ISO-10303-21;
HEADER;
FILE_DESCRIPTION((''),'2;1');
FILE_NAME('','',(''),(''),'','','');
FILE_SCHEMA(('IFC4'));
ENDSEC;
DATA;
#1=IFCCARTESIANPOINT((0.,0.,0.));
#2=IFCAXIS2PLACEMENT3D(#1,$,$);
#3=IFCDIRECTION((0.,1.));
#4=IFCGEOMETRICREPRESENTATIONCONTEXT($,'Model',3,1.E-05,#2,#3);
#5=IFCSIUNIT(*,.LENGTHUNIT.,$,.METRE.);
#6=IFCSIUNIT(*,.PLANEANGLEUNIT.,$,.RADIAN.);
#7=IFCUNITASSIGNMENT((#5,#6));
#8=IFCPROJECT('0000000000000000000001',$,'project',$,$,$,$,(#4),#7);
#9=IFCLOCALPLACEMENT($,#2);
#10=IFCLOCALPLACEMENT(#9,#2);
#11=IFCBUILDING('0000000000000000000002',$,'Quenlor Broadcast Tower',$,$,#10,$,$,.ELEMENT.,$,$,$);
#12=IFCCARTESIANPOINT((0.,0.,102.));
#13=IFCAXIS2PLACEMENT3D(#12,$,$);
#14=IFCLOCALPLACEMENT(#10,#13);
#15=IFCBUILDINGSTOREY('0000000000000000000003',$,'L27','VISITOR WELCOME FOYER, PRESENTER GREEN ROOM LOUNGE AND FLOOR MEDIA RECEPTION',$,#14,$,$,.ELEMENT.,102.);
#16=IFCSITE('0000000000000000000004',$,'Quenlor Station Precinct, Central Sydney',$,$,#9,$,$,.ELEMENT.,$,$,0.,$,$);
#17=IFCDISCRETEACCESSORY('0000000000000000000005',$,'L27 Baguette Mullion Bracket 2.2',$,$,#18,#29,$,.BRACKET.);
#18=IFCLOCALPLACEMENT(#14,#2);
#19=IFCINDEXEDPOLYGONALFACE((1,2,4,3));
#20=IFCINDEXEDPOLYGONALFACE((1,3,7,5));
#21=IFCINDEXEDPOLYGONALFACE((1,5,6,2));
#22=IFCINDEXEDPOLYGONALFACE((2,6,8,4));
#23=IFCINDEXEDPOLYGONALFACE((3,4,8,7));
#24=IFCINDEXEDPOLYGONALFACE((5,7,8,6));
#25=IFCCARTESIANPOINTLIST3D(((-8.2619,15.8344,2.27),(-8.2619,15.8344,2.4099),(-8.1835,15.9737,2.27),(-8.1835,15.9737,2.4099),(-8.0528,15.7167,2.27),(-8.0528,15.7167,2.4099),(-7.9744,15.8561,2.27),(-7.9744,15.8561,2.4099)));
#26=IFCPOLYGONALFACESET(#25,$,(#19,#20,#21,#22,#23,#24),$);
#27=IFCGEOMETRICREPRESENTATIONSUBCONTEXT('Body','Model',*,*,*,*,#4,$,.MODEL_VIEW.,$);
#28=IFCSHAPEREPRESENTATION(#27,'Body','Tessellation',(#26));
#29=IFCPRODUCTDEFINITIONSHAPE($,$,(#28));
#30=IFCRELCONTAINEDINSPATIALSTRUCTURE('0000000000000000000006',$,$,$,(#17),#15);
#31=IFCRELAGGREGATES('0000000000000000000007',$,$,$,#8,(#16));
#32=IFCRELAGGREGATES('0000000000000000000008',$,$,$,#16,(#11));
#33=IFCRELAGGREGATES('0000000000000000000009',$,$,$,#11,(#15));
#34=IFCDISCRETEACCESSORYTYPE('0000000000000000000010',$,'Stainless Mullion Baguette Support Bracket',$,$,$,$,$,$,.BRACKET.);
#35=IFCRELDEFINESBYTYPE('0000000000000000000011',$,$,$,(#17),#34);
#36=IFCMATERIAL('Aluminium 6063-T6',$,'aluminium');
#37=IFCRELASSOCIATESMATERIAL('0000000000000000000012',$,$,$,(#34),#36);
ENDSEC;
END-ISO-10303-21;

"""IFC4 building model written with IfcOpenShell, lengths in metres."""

from ifc_helpers import new_model, si_unit, direction, frame, origin, origin_2d, place, context, subcontext, project, spatial, rectangle, extrude, material, type_object, element, save


model = new_model("IFC4")

# Units and contexts
model_context = context("Model", 3, precision=1e-05, world=origin(), true_north=direction((0.0, 1.0)))
body_context = subcontext(model_context, "Body", "Model", "MODEL_VIEW")
ifc_project = project(units=[si_unit("LENGTHUNIT", "METRE"), si_unit("PLANEANGLEUNIT", "RADIAN")], contexts=[model_context])

# Site, building, storey
site_placement = place(None, origin())
site = spatial("IfcSite", under=ifc_project, at=site_placement, Name="Quenlor Station Precinct, Central Sydney", CompositionType="ELEMENT", RefElevation=0.0)
building_placement = place(site_placement, origin())
building = spatial("IfcBuilding", under=site, at=building_placement, Name="Quenlor Broadcast Tower", CompositionType="ELEMENT")
storey_placement = place(building_placement, frame((0.0, 0.0, 102.0)))
storey = spatial("IfcBuildingStorey", under=building, at=storey_placement, Name="L27", Description="VISITOR WELCOME FOYER, PRESENTER GREEN ROOM LOUNGE AND FLOOR MEDIA RECEPTION", CompositionType="ELEMENT", Elevation=102.0)

# Discrete accessory
ifc_material_1 = material(Name="Aluminium 6063-T6", Category="aluminium")
discrete_accessory_type = type_object("IfcDiscreteAccessoryType", Name="Stainless Mullion Baguette Support Bracket", PredefinedType="BRACKET", material=ifc_material_1)
for number, where, z_axis, x_axis, name in (
    (1, (-8.1182, 15.8452, 2.27), (0.0, 0.0, 1.0), (0.490265, 0.871573, 0.0), "L27 Baguette Mullion Bracket 2.2"),
):
    element("IfcDiscreteAccessory", number, at=place(storey_placement, frame(where, z_axis=z_axis, x_axis=x_axis)), inside=storey, type_object=discrete_accessory_type, Name=name, PredefinedType="BRACKET", context=body_context, shape_type="SweptSolid", body=[
        extrude(rectangle(XDim=0.1599, YDim=0.24, at=origin_2d()), origin(), (0.0, 0.0, 1.0), 0.1399),
    ])

save(model, "model.ifc")
